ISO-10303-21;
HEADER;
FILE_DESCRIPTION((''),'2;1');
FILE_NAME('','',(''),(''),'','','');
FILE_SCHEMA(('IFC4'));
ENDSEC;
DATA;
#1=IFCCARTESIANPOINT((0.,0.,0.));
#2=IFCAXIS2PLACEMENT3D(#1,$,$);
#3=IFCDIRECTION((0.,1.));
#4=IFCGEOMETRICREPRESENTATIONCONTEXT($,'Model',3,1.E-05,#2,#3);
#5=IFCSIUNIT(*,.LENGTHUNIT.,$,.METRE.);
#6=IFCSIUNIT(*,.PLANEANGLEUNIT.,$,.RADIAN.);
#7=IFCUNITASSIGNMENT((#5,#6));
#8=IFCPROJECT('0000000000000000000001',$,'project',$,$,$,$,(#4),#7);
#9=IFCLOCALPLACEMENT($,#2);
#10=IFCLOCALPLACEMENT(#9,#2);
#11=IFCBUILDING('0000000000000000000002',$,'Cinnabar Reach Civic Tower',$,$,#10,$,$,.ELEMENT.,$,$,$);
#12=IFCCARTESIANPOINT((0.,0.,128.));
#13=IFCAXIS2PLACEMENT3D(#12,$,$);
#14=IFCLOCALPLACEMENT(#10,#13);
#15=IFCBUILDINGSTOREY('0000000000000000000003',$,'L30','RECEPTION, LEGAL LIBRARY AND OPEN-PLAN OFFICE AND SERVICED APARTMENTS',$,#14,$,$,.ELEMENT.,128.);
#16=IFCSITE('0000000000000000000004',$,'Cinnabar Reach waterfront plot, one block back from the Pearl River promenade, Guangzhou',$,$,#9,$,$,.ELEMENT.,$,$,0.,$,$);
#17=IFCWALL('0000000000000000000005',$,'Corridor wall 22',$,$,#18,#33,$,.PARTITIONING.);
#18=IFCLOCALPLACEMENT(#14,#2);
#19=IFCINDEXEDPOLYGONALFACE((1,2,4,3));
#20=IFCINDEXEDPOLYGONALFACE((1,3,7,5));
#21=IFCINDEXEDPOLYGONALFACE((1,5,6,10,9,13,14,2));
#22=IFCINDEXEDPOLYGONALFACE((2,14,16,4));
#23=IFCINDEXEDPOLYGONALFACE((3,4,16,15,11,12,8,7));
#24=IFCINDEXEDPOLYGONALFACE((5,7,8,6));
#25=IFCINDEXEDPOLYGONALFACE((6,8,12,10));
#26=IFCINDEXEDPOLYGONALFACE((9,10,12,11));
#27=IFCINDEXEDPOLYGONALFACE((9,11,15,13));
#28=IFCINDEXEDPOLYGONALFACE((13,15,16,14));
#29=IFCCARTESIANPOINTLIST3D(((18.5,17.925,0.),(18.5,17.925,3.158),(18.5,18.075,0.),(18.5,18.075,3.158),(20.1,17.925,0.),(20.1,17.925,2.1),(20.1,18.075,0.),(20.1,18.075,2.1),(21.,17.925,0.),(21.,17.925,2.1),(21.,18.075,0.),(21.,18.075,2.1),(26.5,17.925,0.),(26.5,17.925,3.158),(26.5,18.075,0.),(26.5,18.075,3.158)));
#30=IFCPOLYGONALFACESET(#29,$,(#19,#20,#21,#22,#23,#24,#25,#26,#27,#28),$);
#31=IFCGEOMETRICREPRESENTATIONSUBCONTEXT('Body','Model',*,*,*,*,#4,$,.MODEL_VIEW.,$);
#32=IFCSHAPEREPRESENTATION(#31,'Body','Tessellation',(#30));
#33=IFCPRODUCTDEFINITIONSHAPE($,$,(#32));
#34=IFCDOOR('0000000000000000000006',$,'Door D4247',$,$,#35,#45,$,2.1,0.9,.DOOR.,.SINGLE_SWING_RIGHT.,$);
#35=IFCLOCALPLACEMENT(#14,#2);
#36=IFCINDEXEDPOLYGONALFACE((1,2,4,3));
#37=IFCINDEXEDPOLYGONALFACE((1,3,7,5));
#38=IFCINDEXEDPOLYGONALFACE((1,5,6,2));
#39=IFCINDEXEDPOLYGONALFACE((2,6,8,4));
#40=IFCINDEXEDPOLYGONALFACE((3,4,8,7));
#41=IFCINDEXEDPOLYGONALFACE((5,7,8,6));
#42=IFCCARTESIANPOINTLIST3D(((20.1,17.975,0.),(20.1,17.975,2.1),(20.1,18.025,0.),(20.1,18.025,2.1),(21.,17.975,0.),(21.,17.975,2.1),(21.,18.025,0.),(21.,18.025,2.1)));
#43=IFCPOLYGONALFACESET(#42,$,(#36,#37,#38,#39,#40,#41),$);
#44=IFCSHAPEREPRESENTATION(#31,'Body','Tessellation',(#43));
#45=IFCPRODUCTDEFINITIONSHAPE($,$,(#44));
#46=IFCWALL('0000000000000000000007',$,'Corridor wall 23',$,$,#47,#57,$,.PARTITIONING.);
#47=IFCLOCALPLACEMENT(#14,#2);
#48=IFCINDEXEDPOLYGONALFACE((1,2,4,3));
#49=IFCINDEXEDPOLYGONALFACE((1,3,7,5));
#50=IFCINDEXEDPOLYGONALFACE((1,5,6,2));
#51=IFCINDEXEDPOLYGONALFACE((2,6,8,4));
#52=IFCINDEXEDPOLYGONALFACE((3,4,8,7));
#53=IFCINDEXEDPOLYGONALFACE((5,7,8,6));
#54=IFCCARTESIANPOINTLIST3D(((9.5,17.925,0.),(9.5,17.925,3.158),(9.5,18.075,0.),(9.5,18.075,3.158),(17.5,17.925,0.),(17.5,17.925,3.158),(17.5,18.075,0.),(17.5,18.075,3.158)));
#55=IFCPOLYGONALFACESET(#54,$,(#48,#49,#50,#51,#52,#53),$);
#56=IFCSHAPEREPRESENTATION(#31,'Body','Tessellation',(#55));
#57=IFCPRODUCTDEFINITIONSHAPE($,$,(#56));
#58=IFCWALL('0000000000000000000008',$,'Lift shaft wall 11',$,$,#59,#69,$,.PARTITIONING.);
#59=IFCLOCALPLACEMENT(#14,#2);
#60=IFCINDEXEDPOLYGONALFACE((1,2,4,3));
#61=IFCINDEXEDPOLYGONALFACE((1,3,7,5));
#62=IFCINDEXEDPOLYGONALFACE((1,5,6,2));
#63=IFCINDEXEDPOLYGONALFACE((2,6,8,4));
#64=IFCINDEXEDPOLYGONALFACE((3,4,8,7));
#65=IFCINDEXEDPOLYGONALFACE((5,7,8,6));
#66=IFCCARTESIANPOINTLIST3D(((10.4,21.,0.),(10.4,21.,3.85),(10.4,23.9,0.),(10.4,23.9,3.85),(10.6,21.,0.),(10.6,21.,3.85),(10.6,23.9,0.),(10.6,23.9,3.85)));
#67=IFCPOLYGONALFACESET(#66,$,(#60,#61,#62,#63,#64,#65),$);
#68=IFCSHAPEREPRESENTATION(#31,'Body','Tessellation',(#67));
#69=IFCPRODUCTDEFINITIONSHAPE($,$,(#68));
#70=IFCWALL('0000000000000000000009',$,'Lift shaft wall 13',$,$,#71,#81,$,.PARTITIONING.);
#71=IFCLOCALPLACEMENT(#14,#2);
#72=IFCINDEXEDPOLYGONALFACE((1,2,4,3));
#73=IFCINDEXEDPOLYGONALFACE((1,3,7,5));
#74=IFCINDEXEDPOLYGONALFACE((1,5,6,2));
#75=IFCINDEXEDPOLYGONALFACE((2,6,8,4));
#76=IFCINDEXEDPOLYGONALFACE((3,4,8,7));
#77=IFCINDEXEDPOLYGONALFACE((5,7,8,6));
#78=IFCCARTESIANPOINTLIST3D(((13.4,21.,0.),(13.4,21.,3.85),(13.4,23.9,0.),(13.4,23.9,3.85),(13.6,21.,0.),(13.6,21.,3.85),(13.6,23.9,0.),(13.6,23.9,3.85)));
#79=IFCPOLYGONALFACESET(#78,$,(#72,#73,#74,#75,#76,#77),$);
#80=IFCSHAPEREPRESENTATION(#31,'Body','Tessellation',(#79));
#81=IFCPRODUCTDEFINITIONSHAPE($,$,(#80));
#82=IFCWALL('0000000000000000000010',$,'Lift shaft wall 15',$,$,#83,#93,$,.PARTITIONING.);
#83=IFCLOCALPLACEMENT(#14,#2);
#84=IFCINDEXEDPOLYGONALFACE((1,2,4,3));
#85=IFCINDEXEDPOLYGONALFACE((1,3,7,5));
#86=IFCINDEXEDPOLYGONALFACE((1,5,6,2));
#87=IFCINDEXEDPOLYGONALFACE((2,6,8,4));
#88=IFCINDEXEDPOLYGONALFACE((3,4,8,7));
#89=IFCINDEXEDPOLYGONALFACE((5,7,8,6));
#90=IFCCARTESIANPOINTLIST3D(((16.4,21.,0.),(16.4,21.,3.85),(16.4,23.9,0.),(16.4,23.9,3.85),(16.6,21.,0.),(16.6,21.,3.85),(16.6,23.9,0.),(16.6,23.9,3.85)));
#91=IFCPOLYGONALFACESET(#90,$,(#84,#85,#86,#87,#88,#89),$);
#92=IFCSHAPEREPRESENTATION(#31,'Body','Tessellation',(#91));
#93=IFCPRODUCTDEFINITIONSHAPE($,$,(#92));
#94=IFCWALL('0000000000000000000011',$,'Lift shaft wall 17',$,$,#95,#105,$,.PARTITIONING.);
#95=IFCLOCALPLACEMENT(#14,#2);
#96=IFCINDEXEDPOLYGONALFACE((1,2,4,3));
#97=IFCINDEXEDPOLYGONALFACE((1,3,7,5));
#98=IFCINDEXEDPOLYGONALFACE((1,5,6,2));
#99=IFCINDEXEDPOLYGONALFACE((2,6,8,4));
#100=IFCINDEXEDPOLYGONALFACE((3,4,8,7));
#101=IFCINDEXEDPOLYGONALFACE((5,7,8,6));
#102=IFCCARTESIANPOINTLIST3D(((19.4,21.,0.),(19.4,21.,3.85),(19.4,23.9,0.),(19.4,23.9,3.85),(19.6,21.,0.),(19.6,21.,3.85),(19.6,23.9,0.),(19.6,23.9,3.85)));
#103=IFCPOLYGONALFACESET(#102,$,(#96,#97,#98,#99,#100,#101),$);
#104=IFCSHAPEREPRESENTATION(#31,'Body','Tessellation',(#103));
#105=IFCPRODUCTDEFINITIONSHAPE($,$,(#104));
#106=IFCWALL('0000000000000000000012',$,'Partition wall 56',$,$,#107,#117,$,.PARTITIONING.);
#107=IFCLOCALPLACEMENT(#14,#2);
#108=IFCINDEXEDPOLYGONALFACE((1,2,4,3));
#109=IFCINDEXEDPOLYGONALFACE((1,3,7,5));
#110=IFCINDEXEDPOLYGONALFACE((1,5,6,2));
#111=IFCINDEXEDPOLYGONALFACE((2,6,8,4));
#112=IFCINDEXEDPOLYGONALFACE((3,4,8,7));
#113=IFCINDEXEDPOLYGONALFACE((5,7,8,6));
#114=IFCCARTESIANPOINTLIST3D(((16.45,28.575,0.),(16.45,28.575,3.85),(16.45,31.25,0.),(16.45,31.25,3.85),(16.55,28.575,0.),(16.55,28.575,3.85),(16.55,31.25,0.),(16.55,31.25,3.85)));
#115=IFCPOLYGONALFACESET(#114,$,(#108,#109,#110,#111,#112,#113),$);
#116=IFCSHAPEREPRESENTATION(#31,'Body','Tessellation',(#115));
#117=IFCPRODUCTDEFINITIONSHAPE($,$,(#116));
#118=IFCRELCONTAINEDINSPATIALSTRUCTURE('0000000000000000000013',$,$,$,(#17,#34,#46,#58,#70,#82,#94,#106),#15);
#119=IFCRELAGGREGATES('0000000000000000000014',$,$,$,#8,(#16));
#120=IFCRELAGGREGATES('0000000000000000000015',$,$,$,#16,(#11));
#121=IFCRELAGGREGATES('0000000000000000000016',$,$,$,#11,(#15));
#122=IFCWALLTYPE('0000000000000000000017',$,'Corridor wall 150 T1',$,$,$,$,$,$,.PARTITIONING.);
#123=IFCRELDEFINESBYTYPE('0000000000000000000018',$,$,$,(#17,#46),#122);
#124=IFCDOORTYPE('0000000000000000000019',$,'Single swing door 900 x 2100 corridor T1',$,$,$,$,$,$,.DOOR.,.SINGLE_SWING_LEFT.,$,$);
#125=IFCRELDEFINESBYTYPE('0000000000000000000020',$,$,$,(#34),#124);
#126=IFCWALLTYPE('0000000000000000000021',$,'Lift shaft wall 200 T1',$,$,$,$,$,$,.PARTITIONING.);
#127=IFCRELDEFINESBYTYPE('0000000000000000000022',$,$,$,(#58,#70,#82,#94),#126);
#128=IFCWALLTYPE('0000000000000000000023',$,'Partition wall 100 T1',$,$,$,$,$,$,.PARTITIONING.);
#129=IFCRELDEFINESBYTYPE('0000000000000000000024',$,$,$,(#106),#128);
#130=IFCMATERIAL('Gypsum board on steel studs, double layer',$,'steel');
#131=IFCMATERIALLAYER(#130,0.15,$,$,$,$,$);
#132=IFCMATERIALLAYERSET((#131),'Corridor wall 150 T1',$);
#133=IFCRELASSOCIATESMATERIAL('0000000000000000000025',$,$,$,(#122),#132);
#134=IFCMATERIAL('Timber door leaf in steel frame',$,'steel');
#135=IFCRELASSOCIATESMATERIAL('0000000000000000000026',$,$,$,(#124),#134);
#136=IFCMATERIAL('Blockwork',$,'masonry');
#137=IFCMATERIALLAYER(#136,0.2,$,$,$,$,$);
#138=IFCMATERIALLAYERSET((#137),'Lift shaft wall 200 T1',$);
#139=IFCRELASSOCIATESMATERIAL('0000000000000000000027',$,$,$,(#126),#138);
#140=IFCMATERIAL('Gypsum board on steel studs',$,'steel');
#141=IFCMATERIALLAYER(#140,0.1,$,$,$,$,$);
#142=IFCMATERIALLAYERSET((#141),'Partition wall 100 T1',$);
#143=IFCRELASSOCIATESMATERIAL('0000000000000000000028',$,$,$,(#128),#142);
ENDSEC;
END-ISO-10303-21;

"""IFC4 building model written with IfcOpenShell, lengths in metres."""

from ifc_helpers import new_model, si_unit, direction, frame, frame_2d, origin, place, context, subcontext, project, spatial, rectangle, extrude, material, layer, layer_set, type_object, element, fill, save


model = new_model("IFC4")

# Units and contexts
model_context = context("Model", 3, precision=1e-05, world=origin(), true_north=direction((0.0, 1.0)))
body_context = subcontext(model_context, "Body", "Model", "MODEL_VIEW")
ifc_project = project(units=[si_unit("LENGTHUNIT", "METRE"), si_unit("PLANEANGLEUNIT", "RADIAN")], contexts=[model_context])

# Site, building, storey
site_placement = place(None, origin())
site = spatial("IfcSite", under=ifc_project, at=site_placement, Name="Cinnabar Reach waterfront plot, one block back from the Pearl River promenade, Guangzhou", CompositionType="ELEMENT", RefElevation=0.0)
building_placement = place(site_placement, origin())
building = spatial("IfcBuilding", under=site, at=building_placement, Name="Cinnabar Reach Civic Tower", CompositionType="ELEMENT")
storey_placement = place(building_placement, frame((0.0, 0.0, 128.0)))
storey = spatial("IfcBuildingStorey", under=building, at=storey_placement, Name="L30", Description="RECEPTION, LEGAL LIBRARY AND OPEN-PLAN OFFICE AND SERVICED APARTMENTS", CompositionType="ELEMENT", Elevation=128.0)

# Wall, opening, door
ifc_material_1 = material(Name="Timber door leaf in steel frame", Category="steel")
ifc_material_2 = material(Name="Gypsum board on steel studs, double layer", Category="steel")
ifc_layer_1 = layer(ifc_material_2, 0.15)
ifc_layer_set_1 = layer_set([ifc_layer_1], Name="Corridor wall 150 T1")
wall_type_1 = type_object("IfcWallType", Name="Corridor wall 150 T1", PredefinedType="PARTITIONING", material=ifc_layer_set_1)
wall_1_placement = place(storey_placement, frame((18.5, 18.0, 0.0), z_axis=(0.0, 0.0, 1.0), x_axis=(1.0, 0.0, 0.0)))
wall_1 = element("IfcWall", 1, at=wall_1_placement, inside=storey, type_object=wall_type_1, Name="Corridor wall 22", PredefinedType="PARTITIONING", context=body_context, shape_type="SweptSolid", body=[
    extrude(rectangle(XDim=8.0, YDim=0.15, at=frame_2d((4.0, 0.0))), origin(), (0.0, 0.0, 1.0), 3.158),
])
opening_1_placement = place(wall_1_placement, frame((1.6, 0.0, 0.0)))
opening_1 = element("IfcOpeningElement", 2, at=opening_1_placement, cuts=wall_1, PredefinedType="OPENING", context=body_context, shape_type="SweptSolid", body=[
    extrude(rectangle(XDim=0.9, YDim=2.1, at=frame_2d((0.45, 1.05))), frame((0.0, 0.085, 0.0), z_axis=(0.0, -1.0, 0.0), x_axis=(1.0, 0.0, 0.0)), (0.0, 0.0, 1.0), 0.17),
])
door_type_1 = type_object("IfcDoorType", Name="Single swing door 900 x 2100 corridor T1", OperationType="SINGLE_SWING_LEFT", PredefinedType="DOOR", material=ifc_material_1)
door_1_placement = place(opening_1_placement, frame((0.9, 0.0, 0.0), z_axis=(0.0, 0.0, 1.0), x_axis=(-1.0, 0.0, 0.0)))
door_1 = element("IfcDoor", 3, at=door_1_placement, inside=storey, type_object=door_type_1, Name="Door D4247", OperationType="SINGLE_SWING_RIGHT", OverallHeight=2.1, OverallWidth=0.9, PredefinedType="DOOR", context=body_context, shape_type="SweptSolid", body=[
    extrude(rectangle(XDim=0.9, YDim=2.1, at=frame_2d((0.45, 1.05))), frame((0.0, 0.025, 0.0), z_axis=(0.0, -1.0, 0.0), x_axis=(1.0, 0.0, 0.0)), (0.0, 0.0, 1.0), 0.05),
])
fill(opening_1, door_1)

# Walls
wall_2_placement = place(storey_placement, frame((9.5, 18.0, 0.0), z_axis=(0.0, 0.0, 1.0), x_axis=(1.0, 0.0, 0.0)))
element("IfcWall", 4, at=wall_2_placement, inside=storey, type_object=wall_type_1, Name="Corridor wall 23", PredefinedType="PARTITIONING", context=body_context, shape_type="SweptSolid", body=[
    extrude(rectangle(XDim=8.0, YDim=0.15, at=frame_2d((4.0, 0.0))), origin(), (0.0, 0.0, 1.0), 3.158),
])
ifc_material_3 = material(Name="Blockwork", Category="masonry")
ifc_layer_2 = layer(ifc_material_3, 0.2)
ifc_layer_set_2 = layer_set([ifc_layer_2], Name="Lift shaft wall 200 T1")
wall_type_2 = type_object("IfcWallType", Name="Lift shaft wall 200 T1", PredefinedType="PARTITIONING", material=ifc_layer_set_2)
for number, where, z_axis, x_axis, name in (
    (5, (10.5, 21.0, 0.0), (0.0, 0.0, 1.0), (0.0, 1.0, 0.0), "Lift shaft wall 11"),
    (6, (13.5, 21.0, 0.0), (0.0, 0.0, 1.0), (0.0, 1.0, 0.0), "Lift shaft wall 13"),
    (7, (16.5, 21.0, 0.0), (0.0, 0.0, 1.0), (0.0, 1.0, 0.0), "Lift shaft wall 15"),
    (8, (19.5, 21.0, 0.0), (0.0, 0.0, 1.0), (0.0, 1.0, 0.0), "Lift shaft wall 17"),
):
    element("IfcWall", number, at=place(storey_placement, frame(where, z_axis=z_axis, x_axis=x_axis)), inside=storey, type_object=wall_type_2, Name=name, PredefinedType="PARTITIONING", context=body_context, shape_type="SweptSolid", body=[
        extrude(rectangle(XDim=2.9, YDim=0.2, at=frame_2d((1.45, 0.0))), origin(), (0.0, 0.0, 1.0), 3.85),
    ])
ifc_material_4 = material(Name="Gypsum board on steel studs", Category="steel")
ifc_layer_3 = layer(ifc_material_4, 0.1)
ifc_layer_set_3 = layer_set([ifc_layer_3], Name="Partition wall 100 T1")
wall_type_3 = type_object("IfcWallType", Name="Partition wall 100 T1", PredefinedType="PARTITIONING", material=ifc_layer_set_3)
wall_3_placement = place(storey_placement, frame((16.5, 28.575, 0.0), z_axis=(0.0, 0.0, 1.0), x_axis=(0.0, 1.0, 0.0)))
element("IfcWall", 9, at=wall_3_placement, inside=storey, type_object=wall_type_3, Name="Partition wall 56", PredefinedType="PARTITIONING", context=body_context, shape_type="SweptSolid", body=[
    extrude(rectangle(XDim=2.675, YDim=0.1, at=frame_2d((1.3375, 0.0))), origin(), (0.0, 0.0, 1.0), 3.85),
])

save(model, "model.ifc")
